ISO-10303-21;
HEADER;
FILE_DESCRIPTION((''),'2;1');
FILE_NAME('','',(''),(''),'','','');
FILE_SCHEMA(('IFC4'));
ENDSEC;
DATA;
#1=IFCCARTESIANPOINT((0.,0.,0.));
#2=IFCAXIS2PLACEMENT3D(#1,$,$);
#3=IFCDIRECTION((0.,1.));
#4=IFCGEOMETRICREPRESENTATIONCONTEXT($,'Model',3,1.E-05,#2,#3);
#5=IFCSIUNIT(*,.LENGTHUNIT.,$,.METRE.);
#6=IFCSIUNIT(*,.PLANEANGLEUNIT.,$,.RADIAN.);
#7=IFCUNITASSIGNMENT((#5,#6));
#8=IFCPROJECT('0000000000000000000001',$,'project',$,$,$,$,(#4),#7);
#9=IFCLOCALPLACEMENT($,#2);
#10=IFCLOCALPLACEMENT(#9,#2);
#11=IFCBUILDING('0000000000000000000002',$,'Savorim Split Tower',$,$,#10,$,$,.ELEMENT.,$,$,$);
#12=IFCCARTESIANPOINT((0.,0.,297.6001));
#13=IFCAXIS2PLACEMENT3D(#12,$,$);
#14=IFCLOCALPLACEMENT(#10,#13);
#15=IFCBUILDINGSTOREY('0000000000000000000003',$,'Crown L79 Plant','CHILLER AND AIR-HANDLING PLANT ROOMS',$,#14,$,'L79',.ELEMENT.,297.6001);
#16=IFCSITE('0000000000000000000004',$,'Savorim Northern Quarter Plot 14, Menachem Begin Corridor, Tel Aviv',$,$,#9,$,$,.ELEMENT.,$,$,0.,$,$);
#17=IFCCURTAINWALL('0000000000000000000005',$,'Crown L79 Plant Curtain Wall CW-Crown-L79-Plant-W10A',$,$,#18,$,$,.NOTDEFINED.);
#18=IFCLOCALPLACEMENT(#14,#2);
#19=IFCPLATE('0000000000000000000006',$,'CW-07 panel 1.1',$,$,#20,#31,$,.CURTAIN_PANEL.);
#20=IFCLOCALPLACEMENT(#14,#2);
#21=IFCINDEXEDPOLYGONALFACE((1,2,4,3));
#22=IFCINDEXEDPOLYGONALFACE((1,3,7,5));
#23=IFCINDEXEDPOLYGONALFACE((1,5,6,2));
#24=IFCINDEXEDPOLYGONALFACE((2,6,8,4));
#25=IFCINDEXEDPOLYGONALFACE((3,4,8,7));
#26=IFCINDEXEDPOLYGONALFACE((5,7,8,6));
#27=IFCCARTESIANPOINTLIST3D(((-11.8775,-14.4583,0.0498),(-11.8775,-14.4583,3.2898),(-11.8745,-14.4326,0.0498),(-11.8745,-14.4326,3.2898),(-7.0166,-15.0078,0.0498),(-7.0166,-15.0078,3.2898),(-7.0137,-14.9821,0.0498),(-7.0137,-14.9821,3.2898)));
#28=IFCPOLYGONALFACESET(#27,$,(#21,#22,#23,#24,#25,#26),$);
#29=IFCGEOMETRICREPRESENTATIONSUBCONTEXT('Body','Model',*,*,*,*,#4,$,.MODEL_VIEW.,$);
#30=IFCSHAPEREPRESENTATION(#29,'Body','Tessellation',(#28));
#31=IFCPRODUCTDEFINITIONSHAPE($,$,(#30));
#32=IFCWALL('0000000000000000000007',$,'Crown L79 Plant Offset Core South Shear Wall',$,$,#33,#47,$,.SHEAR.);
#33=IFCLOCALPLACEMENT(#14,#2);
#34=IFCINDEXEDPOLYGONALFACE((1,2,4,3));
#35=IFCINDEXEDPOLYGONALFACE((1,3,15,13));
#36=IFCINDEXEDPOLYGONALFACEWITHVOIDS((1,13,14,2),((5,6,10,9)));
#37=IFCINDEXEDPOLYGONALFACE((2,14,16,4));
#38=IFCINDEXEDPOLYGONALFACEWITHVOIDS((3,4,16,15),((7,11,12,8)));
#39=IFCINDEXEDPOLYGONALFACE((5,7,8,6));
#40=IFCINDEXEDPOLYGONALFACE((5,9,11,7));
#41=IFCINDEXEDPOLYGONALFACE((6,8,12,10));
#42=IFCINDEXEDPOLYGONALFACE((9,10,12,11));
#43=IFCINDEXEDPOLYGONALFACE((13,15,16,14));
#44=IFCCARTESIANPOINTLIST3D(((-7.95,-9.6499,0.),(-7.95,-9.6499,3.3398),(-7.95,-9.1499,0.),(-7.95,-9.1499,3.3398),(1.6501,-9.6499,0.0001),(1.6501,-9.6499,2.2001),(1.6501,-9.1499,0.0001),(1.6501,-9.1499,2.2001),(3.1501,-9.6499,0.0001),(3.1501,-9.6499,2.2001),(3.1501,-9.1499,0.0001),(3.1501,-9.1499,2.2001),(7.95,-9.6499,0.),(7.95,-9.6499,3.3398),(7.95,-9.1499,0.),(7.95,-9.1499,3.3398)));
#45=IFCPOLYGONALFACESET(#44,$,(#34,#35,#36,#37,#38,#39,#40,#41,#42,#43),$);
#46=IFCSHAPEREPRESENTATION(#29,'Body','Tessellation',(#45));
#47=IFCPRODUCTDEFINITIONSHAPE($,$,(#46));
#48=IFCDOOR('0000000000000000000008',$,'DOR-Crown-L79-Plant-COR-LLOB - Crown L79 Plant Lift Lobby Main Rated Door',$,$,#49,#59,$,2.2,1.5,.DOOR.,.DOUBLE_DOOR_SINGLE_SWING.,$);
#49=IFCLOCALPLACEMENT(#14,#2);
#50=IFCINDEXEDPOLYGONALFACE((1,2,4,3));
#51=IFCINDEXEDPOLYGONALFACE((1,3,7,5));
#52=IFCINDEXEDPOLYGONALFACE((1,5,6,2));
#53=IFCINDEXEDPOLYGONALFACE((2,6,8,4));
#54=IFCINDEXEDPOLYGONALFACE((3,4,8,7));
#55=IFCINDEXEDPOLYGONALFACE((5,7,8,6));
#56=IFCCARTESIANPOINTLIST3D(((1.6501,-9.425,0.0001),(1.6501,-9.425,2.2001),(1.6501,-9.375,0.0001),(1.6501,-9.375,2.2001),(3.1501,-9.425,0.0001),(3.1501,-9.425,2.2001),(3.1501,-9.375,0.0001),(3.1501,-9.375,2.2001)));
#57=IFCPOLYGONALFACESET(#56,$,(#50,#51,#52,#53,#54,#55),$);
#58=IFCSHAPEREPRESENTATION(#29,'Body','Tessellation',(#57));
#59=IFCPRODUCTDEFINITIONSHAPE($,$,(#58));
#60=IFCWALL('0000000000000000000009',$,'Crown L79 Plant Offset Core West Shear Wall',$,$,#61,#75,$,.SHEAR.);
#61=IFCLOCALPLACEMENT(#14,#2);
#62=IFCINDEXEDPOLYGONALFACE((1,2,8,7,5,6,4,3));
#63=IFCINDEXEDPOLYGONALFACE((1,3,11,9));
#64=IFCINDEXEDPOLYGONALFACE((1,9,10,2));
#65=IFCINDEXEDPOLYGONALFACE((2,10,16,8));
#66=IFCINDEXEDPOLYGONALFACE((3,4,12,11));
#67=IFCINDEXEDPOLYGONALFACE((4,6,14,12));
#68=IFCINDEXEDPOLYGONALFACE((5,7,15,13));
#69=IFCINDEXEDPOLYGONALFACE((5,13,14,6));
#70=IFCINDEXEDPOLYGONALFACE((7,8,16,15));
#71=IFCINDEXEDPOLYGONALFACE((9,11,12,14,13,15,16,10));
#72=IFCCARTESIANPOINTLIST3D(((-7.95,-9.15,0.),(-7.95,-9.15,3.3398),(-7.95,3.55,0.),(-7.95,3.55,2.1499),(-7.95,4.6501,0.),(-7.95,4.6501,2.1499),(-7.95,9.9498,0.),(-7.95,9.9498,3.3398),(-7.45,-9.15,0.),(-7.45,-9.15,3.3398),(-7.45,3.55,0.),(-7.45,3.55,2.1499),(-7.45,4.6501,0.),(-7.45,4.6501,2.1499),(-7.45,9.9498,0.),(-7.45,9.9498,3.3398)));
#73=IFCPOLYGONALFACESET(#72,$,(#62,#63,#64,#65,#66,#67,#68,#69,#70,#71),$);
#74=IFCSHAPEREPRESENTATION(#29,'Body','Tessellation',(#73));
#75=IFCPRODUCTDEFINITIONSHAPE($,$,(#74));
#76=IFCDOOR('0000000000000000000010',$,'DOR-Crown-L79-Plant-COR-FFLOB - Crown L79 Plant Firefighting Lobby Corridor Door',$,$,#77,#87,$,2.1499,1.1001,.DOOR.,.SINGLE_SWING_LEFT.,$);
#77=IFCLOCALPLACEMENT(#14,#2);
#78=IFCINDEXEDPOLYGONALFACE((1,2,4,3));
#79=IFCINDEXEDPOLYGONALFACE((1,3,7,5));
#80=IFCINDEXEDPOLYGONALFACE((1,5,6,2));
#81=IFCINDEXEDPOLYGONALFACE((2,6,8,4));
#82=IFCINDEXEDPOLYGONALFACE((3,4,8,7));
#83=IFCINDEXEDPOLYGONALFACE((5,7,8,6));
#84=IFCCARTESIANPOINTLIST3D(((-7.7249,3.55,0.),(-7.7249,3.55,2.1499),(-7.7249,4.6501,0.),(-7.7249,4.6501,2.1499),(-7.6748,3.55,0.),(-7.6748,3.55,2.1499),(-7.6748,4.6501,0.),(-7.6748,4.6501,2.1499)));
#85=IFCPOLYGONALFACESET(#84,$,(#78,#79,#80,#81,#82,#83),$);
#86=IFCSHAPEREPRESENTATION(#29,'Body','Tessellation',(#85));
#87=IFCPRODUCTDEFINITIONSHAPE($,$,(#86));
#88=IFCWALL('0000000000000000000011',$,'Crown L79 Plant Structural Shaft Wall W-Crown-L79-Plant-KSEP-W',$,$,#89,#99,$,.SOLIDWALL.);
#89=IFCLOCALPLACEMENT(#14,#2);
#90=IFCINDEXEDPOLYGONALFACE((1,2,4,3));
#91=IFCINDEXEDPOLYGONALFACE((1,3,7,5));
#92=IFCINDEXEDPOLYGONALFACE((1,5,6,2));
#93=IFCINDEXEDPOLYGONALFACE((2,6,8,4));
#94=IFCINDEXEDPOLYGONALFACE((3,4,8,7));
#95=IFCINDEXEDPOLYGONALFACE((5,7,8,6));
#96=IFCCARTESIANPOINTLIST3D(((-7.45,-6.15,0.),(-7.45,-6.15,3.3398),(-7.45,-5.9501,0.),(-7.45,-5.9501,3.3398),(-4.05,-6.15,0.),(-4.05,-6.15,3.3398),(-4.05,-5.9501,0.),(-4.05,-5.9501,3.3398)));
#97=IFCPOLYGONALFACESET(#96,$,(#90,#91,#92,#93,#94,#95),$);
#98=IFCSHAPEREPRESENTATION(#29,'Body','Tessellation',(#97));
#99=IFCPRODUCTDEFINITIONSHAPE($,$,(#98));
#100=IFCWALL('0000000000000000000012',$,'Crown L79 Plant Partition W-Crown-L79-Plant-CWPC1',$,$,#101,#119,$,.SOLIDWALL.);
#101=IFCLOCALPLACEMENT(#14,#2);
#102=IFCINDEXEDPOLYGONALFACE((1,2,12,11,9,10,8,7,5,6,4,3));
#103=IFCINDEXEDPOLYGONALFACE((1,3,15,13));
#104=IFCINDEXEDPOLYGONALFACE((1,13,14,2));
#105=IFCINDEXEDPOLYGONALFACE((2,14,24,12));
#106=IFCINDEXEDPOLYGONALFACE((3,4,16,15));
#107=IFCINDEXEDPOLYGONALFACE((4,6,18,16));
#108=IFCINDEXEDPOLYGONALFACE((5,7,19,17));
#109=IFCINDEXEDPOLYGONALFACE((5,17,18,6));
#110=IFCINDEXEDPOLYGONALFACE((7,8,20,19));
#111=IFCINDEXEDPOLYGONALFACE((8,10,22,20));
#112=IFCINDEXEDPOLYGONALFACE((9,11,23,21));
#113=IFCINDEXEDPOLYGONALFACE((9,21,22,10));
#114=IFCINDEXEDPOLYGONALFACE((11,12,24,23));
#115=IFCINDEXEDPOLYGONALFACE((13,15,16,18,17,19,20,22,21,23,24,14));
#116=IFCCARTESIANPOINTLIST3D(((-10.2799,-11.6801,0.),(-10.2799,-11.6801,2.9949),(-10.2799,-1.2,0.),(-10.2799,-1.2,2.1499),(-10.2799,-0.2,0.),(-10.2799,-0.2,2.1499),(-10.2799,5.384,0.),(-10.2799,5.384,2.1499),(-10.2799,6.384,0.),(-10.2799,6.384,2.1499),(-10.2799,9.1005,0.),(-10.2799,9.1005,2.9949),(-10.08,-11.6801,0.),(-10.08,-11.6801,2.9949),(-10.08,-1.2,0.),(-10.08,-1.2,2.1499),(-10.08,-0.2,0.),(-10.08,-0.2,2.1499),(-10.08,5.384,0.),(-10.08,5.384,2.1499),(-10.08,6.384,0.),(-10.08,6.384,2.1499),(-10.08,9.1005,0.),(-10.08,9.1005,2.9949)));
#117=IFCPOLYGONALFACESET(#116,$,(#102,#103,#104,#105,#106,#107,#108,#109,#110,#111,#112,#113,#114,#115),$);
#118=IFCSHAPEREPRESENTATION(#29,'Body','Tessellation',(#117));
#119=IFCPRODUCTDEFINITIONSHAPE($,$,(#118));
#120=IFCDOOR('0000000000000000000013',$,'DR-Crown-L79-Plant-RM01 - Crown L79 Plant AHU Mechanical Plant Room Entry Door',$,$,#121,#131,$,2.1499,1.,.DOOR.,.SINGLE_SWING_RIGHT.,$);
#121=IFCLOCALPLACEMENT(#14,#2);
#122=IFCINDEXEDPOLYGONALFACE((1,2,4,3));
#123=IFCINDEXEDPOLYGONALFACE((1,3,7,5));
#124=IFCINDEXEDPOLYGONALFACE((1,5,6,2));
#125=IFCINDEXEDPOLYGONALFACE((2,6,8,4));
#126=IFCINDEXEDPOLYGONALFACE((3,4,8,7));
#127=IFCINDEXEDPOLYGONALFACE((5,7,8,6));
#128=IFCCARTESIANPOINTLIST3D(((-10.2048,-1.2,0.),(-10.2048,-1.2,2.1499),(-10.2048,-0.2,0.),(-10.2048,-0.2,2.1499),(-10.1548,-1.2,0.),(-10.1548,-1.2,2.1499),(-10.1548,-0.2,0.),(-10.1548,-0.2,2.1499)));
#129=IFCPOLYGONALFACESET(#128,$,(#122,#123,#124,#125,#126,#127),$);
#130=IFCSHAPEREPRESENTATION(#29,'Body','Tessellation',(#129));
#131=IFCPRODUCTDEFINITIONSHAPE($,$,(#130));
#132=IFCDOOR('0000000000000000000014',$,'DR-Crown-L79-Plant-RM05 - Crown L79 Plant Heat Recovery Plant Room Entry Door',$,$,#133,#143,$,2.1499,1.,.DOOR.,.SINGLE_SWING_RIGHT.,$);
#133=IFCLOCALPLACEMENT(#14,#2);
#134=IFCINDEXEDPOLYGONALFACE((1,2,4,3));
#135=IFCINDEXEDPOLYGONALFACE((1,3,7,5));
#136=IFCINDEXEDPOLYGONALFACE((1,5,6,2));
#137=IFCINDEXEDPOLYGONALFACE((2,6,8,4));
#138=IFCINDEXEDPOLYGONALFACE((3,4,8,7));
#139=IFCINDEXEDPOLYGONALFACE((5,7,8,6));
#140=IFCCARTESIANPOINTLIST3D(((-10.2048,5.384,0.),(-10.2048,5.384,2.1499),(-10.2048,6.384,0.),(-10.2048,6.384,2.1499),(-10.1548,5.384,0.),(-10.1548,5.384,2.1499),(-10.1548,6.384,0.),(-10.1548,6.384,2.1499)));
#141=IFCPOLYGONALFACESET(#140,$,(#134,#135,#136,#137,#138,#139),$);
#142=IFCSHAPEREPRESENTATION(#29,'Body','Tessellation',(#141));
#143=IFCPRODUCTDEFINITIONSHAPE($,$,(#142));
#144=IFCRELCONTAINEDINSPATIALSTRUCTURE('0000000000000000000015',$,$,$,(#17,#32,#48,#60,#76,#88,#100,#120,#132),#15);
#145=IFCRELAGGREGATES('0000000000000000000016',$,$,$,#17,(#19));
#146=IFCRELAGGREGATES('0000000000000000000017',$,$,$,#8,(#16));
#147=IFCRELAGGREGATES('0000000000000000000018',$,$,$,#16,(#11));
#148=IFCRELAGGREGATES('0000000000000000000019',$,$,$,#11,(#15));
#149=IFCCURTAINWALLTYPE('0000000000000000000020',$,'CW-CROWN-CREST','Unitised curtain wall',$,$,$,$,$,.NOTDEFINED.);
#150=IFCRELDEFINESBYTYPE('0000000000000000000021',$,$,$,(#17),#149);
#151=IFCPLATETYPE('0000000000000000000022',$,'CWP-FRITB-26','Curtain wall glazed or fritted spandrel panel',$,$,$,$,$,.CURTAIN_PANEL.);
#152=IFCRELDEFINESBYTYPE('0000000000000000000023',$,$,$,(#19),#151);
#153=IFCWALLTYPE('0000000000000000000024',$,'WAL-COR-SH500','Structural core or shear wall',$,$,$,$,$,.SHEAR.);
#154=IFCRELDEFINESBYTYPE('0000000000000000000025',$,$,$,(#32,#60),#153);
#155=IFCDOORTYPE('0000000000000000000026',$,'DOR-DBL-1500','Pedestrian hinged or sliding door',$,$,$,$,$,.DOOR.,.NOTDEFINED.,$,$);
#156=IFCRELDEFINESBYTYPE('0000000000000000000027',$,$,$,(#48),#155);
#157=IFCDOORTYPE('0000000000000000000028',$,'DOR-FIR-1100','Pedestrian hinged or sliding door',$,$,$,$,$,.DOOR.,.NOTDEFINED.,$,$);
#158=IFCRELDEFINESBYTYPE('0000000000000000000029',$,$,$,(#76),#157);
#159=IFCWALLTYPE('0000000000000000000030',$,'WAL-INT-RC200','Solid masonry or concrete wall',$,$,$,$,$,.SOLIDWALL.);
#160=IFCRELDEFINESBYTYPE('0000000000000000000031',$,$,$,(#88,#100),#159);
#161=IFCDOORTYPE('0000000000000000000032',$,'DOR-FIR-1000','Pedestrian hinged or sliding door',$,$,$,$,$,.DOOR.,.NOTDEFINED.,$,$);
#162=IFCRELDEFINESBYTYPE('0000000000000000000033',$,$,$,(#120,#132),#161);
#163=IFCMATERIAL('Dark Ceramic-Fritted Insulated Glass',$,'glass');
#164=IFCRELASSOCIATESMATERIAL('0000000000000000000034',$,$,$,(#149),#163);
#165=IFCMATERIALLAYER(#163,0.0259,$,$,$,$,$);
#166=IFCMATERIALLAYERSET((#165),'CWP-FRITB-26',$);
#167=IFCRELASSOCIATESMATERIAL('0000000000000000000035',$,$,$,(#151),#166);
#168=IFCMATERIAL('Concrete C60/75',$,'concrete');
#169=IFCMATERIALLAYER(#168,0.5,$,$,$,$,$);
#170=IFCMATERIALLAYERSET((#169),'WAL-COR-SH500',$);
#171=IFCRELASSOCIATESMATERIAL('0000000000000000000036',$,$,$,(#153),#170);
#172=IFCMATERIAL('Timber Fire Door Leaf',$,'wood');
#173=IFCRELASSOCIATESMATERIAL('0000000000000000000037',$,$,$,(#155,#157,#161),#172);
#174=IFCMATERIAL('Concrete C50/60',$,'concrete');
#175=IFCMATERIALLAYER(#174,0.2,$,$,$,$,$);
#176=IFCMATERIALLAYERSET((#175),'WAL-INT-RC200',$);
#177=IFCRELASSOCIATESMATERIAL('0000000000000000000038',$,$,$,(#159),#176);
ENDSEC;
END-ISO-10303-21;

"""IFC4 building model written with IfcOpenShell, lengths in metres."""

from ifc_helpers import new_model, si_unit, direction, frame, frame_2d, origin, origin_2d, place, context, subcontext, project, spatial, rectangle, extrude, material, layer, layer_set, type_object, element, fill, aggregate, save


model = new_model("IFC4")

# Units and contexts
model_context = context("Model", 3, precision=1e-05, world=origin(), true_north=direction((0.0, 1.0)))
body_context = subcontext(model_context, "Body", "Model", "MODEL_VIEW")
ifc_project = project(units=[si_unit("LENGTHUNIT", "METRE"), si_unit("PLANEANGLEUNIT", "RADIAN")], contexts=[model_context])

# Site, building, storey
site_placement = place(None, origin())
site = spatial("IfcSite", under=ifc_project, at=site_placement, Name="Savorim Northern Quarter Plot 14, Menachem Begin Corridor, Tel Aviv", CompositionType="ELEMENT", RefElevation=0.0)
building_placement = place(site_placement, origin())
building = spatial("IfcBuilding", under=site, at=building_placement, Name="Savorim Split Tower", CompositionType="ELEMENT")
storey_placement = place(building_placement, frame((0.0, 0.0, 297.6001)))
storey = spatial("IfcBuildingStorey", under=building, at=storey_placement, Name="Crown L79 Plant", Description="CHILLER AND AIR-HANDLING PLANT ROOMS", LongName="L79", CompositionType="ELEMENT", Elevation=297.6001)

# Shared definitions
ifc_material_1 = material(Name="Dark Ceramic-Fritted Insulated Glass", Category="glass")
curtain_wall_type = type_object("IfcCurtainWallType", Name="CW-CROWN-CREST", Description="Unitised curtain wall", PredefinedType="NOTDEFINED", material=ifc_material_1)

# Curtain wall
curtain_wall_1_placement = place(storey_placement, origin())
curtain_wall_1 = element("IfcCurtainWall", 1, at=curtain_wall_1_placement, inside=storey, type_object=curtain_wall_type, Name="Crown L79 Plant Curtain Wall CW-Crown-L79-Plant-W10A", PredefinedType="NOTDEFINED")

# Plate
ifc_layer_1 = layer(ifc_material_1, 0.0259)
ifc_layer_set_1 = layer_set([ifc_layer_1], Name="CWP-FRITB-26")
plate_type = type_object("IfcPlateType", Name="CWP-FRITB-26", Description="Curtain wall glazed or fritted spandrel panel", PredefinedType="CURTAIN_PANEL", material=ifc_layer_set_1)
plate_1_placement = place(storey_placement, frame((-9.4456, -14.7202, 0.0498), z_axis=(0.0, 0.0, 1.0), x_axis=(0.993671, -0.112332, 0.0)))
plate_1 = element("IfcPlate", 2, at=plate_1_placement, type_object=plate_type, Name="CW-07 panel 1.1", PredefinedType="CURTAIN_PANEL", context=body_context, shape_type="SweptSolid", body=[
    extrude(rectangle(XDim=4.8918, YDim=0.0259, at=origin_2d()), origin(), (0.0, 0.0, 1.0), 3.24),
])
aggregate(curtain_wall_1, [plate_1])

# Walls, openings, doors
ifc_material_2 = material(Name="Concrete C60/75", Category="concrete")
ifc_layer_2 = layer(ifc_material_2, 0.5)
ifc_layer_set_2 = layer_set([ifc_layer_2], Name="WAL-COR-SH500")
wall_type_1 = type_object("IfcWallType", Name="WAL-COR-SH500", Description="Structural core or shear wall", PredefinedType="SHEAR", material=ifc_layer_set_2)
wall_1_placement = place(storey_placement, frame((-7.95, -9.3999, 0.0), z_axis=(0.0, 0.0, 1.0), x_axis=(1.0, 0.0, 0.0)))
wall_1 = element("IfcWall", 3, at=wall_1_placement, inside=storey, type_object=wall_type_1, Name="Crown L79 Plant Offset Core South Shear Wall", PredefinedType="SHEAR", context=body_context, shape_type="SweptSolid", body=[
    extrude(rectangle(XDim=15.8999, YDim=0.5, at=frame_2d((7.95, 0.0))), origin(), (0.0, 0.0, 1.0), 3.3398),
])
opening_1_placement = place(wall_1_placement, frame((9.6001, 0.0, 0.0)))
opening_1 = element("IfcOpeningElement", 4, at=opening_1_placement, cuts=wall_1, PredefinedType="OPENING", context=body_context, shape_type="SweptSolid", body=[
    extrude(rectangle(XDim=1.5, YDim=2.2, at=frame_2d((0.75, 1.1001))), frame((0.0, 0.26, 0.0), z_axis=(0.0, -1.0, 0.0), x_axis=(1.0, 0.0, 0.0)), (0.0, 0.0, 1.0), 0.52),
])
ifc_material_3 = material(Name="Timber Fire Door Leaf", Category="wood")
door_type_1 = type_object("IfcDoorType", Name="DOR-DBL-1500", Description="Pedestrian hinged or sliding door", OperationType="NOTDEFINED", PredefinedType="DOOR", material=ifc_material_3)
door_1_placement = place(opening_1_placement, origin())
door_1 = element("IfcDoor", 5, at=door_1_placement, inside=storey, type_object=door_type_1, Name="DOR-Crown-L79-Plant-COR-LLOB - Crown L79 Plant Lift Lobby Main Rated Door", OperationType="DOUBLE_DOOR_SINGLE_SWING", OverallHeight=2.2, OverallWidth=1.5, PredefinedType="DOOR", context=body_context, shape_type="SweptSolid", body=[
    extrude(rectangle(XDim=1.5, YDim=2.2, at=frame_2d((0.75, 1.1001))), frame((0.0, 0.0249, 0.0), z_axis=(0.0, -1.0, 0.0), x_axis=(1.0, 0.0, 0.0)), (0.0, 0.0, 1.0), 0.05),
])
fill(opening_1, door_1)
wall_2_placement = place(storey_placement, frame((-7.7, -9.1499, 0.0), z_axis=(0.0, 0.0, 1.0), x_axis=(0.0, 1.0, 0.0)))
wall_2 = element("IfcWall", 6, at=wall_2_placement, inside=storey, type_object=wall_type_1, Name="Crown L79 Plant Offset Core West Shear Wall", PredefinedType="SHEAR", context=body_context, shape_type="SweptSolid", body=[
    extrude(rectangle(XDim=19.0999, YDim=0.5, at=frame_2d((9.5498, 0.0))), origin(), (0.0, 0.0, 1.0), 3.3398),
])
opening_2_placement = place(wall_2_placement, frame((12.7, 0.0, 0.0)))
opening_2 = element("IfcOpeningElement", 7, at=opening_2_placement, cuts=wall_2, PredefinedType="OPENING", context=body_context, shape_type="SweptSolid", body=[
    extrude(rectangle(XDim=1.1001, YDim=2.1499, at=frame_2d((0.55, 1.075))), frame((0.0, 0.26, 0.0), z_axis=(0.0, -1.0, 0.0), x_axis=(1.0, 0.0, 0.0)), (0.0, 0.0, 1.0), 0.52),
])
door_type_2 = type_object("IfcDoorType", Name="DOR-FIR-1100", Description="Pedestrian hinged or sliding door", OperationType="NOTDEFINED", PredefinedType="DOOR", material=ifc_material_3)
door_2_placement = place(opening_2_placement, origin())
door_2 = element("IfcDoor", 8, at=door_2_placement, inside=storey, type_object=door_type_2, Name="DOR-Crown-L79-Plant-COR-FFLOB - Crown L79 Plant Firefighting Lobby Corridor Door", OperationType="SINGLE_SWING_LEFT", OverallHeight=2.1499, OverallWidth=1.1001, PredefinedType="DOOR", context=body_context, shape_type="SweptSolid", body=[
    extrude(rectangle(XDim=1.1001, YDim=2.1499, at=frame_2d((0.55, 1.075))), frame((0.0, 0.0249, 0.0), z_axis=(0.0, -1.0, 0.0), x_axis=(1.0, 0.0, 0.0)), (0.0, 0.0, 1.0), 0.05),
])
fill(opening_2, door_2)

# Wall
ifc_material_4 = material(Name="Concrete C50/60", Category="concrete")
ifc_layer_3 = layer(ifc_material_4, 0.2)
ifc_layer_set_3 = layer_set([ifc_layer_3], Name="WAL-INT-RC200")
wall_type_2 = type_object("IfcWallType", Name="WAL-INT-RC200", Description="Solid masonry or concrete wall", PredefinedType="SOLIDWALL", material=ifc_layer_set_3)
wall_3_placement = place(storey_placement, frame((-7.45, -6.05, 0.0), z_axis=(0.0, 0.0, 1.0), x_axis=(1.0, 0.0, 0.0)))
element("IfcWall", 9, at=wall_3_placement, inside=storey, type_object=wall_type_2, Name="Crown L79 Plant Structural Shaft Wall W-Crown-L79-Plant-KSEP-W", PredefinedType="SOLIDWALL", context=body_context, shape_type="SweptSolid", body=[
    extrude(rectangle(XDim=3.3999, YDim=0.2, at=frame_2d((1.7, 0.0))), origin(), (0.0, 0.0, 1.0), 3.3398),
])

# Wall, openings, doors
wall_4_placement = place(storey_placement, frame((-10.1799, -11.6799, 0.0), z_axis=(0.0, 0.0, 1.0), x_axis=(0.0, 1.0, 0.0)))
wall_4 = element("IfcWall", 10, at=wall_4_placement, inside=storey, type_object=wall_type_2, Name="Crown L79 Plant Partition W-Crown-L79-Plant-CWPC1", PredefinedType="SOLIDWALL", context=body_context, shape_type="SweptSolid", body=[
    extrude(rectangle(XDim=20.7805, YDim=0.2, at=frame_2d((10.3901, 0.0))), origin(), (0.0, 0.0, 1.0), 2.9949),
])
opening_3_placement = place(wall_4_placement, frame((10.48, 0.0, 0.0)))
opening_3 = element("IfcOpeningElement", 11, at=opening_3_placement, cuts=wall_4, PredefinedType="OPENING", context=body_context, shape_type="SweptSolid", body=[
    extrude(rectangle(XDim=1.0, YDim=2.1499, at=frame_2d((0.5, 1.075))), frame((0.0, 0.1099, 0.0), z_axis=(0.0, -1.0, 0.0), x_axis=(1.0, 0.0, 0.0)), (0.0, 0.0, 1.0), 0.22),
])
opening_4_placement = place(wall_4_placement, frame((17.064, 0.0, 0.0)))
opening_4 = element("IfcOpeningElement", 12, at=opening_4_placement, cuts=wall_4, PredefinedType="OPENING", context=body_context, shape_type="SweptSolid", body=[
    extrude(rectangle(XDim=1.0, YDim=2.1499, at=frame_2d((0.5, 1.075))), frame((0.0, 0.1099, 0.0), z_axis=(0.0, -1.0, 0.0), x_axis=(1.0, 0.0, 0.0)), (0.0, 0.0, 1.0), 0.22),
])
door_type_3 = type_object("IfcDoorType", Name="DOR-FIR-1000", Description="Pedestrian hinged or sliding door", OperationType="NOTDEFINED", PredefinedType="DOOR", material=ifc_material_3)
door_3_placement = place(opening_3_placement, origin())
door_3 = element("IfcDoor", 13, at=door_3_placement, inside=storey, type_object=door_type_3, Name="DR-Crown-L79-Plant-RM01 - Crown L79 Plant AHU Mechanical Plant Room Entry Door", OperationType="SINGLE_SWING_RIGHT", OverallHeight=2.1499, OverallWidth=1.0, PredefinedType="DOOR", context=body_context, shape_type="SweptSolid", body=[
    extrude(rectangle(XDim=1.0, YDim=2.1499, at=frame_2d((0.5, 1.075))), frame((0.0, 0.0249, 0.0), z_axis=(0.0, -1.0, 0.0), x_axis=(1.0, 0.0, 0.0)), (0.0, 0.0, 1.0), 0.05),
])
fill(opening_3, door_3)
door_4_placement = place(opening_4_placement, origin())
door_4 = element("IfcDoor", 14, at=door_4_placement, inside=storey, type_object=door_type_3, Name="DR-Crown-L79-Plant-RM05 - Crown L79 Plant Heat Recovery Plant Room Entry Door", OperationType="SINGLE_SWING_RIGHT", OverallHeight=2.1499, OverallWidth=1.0, PredefinedType="DOOR", context=body_context, shape_type="SweptSolid", body=[
    extrude(rectangle(XDim=1.0, YDim=2.1499, at=frame_2d((0.5, 1.075))), frame((0.0, 0.0249, 0.0), z_axis=(0.0, -1.0, 0.0), x_axis=(1.0, 0.0, 0.0)), (0.0, 0.0, 1.0), 0.05),
])
fill(opening_4, door_4)

save(model, "model.ifc")
